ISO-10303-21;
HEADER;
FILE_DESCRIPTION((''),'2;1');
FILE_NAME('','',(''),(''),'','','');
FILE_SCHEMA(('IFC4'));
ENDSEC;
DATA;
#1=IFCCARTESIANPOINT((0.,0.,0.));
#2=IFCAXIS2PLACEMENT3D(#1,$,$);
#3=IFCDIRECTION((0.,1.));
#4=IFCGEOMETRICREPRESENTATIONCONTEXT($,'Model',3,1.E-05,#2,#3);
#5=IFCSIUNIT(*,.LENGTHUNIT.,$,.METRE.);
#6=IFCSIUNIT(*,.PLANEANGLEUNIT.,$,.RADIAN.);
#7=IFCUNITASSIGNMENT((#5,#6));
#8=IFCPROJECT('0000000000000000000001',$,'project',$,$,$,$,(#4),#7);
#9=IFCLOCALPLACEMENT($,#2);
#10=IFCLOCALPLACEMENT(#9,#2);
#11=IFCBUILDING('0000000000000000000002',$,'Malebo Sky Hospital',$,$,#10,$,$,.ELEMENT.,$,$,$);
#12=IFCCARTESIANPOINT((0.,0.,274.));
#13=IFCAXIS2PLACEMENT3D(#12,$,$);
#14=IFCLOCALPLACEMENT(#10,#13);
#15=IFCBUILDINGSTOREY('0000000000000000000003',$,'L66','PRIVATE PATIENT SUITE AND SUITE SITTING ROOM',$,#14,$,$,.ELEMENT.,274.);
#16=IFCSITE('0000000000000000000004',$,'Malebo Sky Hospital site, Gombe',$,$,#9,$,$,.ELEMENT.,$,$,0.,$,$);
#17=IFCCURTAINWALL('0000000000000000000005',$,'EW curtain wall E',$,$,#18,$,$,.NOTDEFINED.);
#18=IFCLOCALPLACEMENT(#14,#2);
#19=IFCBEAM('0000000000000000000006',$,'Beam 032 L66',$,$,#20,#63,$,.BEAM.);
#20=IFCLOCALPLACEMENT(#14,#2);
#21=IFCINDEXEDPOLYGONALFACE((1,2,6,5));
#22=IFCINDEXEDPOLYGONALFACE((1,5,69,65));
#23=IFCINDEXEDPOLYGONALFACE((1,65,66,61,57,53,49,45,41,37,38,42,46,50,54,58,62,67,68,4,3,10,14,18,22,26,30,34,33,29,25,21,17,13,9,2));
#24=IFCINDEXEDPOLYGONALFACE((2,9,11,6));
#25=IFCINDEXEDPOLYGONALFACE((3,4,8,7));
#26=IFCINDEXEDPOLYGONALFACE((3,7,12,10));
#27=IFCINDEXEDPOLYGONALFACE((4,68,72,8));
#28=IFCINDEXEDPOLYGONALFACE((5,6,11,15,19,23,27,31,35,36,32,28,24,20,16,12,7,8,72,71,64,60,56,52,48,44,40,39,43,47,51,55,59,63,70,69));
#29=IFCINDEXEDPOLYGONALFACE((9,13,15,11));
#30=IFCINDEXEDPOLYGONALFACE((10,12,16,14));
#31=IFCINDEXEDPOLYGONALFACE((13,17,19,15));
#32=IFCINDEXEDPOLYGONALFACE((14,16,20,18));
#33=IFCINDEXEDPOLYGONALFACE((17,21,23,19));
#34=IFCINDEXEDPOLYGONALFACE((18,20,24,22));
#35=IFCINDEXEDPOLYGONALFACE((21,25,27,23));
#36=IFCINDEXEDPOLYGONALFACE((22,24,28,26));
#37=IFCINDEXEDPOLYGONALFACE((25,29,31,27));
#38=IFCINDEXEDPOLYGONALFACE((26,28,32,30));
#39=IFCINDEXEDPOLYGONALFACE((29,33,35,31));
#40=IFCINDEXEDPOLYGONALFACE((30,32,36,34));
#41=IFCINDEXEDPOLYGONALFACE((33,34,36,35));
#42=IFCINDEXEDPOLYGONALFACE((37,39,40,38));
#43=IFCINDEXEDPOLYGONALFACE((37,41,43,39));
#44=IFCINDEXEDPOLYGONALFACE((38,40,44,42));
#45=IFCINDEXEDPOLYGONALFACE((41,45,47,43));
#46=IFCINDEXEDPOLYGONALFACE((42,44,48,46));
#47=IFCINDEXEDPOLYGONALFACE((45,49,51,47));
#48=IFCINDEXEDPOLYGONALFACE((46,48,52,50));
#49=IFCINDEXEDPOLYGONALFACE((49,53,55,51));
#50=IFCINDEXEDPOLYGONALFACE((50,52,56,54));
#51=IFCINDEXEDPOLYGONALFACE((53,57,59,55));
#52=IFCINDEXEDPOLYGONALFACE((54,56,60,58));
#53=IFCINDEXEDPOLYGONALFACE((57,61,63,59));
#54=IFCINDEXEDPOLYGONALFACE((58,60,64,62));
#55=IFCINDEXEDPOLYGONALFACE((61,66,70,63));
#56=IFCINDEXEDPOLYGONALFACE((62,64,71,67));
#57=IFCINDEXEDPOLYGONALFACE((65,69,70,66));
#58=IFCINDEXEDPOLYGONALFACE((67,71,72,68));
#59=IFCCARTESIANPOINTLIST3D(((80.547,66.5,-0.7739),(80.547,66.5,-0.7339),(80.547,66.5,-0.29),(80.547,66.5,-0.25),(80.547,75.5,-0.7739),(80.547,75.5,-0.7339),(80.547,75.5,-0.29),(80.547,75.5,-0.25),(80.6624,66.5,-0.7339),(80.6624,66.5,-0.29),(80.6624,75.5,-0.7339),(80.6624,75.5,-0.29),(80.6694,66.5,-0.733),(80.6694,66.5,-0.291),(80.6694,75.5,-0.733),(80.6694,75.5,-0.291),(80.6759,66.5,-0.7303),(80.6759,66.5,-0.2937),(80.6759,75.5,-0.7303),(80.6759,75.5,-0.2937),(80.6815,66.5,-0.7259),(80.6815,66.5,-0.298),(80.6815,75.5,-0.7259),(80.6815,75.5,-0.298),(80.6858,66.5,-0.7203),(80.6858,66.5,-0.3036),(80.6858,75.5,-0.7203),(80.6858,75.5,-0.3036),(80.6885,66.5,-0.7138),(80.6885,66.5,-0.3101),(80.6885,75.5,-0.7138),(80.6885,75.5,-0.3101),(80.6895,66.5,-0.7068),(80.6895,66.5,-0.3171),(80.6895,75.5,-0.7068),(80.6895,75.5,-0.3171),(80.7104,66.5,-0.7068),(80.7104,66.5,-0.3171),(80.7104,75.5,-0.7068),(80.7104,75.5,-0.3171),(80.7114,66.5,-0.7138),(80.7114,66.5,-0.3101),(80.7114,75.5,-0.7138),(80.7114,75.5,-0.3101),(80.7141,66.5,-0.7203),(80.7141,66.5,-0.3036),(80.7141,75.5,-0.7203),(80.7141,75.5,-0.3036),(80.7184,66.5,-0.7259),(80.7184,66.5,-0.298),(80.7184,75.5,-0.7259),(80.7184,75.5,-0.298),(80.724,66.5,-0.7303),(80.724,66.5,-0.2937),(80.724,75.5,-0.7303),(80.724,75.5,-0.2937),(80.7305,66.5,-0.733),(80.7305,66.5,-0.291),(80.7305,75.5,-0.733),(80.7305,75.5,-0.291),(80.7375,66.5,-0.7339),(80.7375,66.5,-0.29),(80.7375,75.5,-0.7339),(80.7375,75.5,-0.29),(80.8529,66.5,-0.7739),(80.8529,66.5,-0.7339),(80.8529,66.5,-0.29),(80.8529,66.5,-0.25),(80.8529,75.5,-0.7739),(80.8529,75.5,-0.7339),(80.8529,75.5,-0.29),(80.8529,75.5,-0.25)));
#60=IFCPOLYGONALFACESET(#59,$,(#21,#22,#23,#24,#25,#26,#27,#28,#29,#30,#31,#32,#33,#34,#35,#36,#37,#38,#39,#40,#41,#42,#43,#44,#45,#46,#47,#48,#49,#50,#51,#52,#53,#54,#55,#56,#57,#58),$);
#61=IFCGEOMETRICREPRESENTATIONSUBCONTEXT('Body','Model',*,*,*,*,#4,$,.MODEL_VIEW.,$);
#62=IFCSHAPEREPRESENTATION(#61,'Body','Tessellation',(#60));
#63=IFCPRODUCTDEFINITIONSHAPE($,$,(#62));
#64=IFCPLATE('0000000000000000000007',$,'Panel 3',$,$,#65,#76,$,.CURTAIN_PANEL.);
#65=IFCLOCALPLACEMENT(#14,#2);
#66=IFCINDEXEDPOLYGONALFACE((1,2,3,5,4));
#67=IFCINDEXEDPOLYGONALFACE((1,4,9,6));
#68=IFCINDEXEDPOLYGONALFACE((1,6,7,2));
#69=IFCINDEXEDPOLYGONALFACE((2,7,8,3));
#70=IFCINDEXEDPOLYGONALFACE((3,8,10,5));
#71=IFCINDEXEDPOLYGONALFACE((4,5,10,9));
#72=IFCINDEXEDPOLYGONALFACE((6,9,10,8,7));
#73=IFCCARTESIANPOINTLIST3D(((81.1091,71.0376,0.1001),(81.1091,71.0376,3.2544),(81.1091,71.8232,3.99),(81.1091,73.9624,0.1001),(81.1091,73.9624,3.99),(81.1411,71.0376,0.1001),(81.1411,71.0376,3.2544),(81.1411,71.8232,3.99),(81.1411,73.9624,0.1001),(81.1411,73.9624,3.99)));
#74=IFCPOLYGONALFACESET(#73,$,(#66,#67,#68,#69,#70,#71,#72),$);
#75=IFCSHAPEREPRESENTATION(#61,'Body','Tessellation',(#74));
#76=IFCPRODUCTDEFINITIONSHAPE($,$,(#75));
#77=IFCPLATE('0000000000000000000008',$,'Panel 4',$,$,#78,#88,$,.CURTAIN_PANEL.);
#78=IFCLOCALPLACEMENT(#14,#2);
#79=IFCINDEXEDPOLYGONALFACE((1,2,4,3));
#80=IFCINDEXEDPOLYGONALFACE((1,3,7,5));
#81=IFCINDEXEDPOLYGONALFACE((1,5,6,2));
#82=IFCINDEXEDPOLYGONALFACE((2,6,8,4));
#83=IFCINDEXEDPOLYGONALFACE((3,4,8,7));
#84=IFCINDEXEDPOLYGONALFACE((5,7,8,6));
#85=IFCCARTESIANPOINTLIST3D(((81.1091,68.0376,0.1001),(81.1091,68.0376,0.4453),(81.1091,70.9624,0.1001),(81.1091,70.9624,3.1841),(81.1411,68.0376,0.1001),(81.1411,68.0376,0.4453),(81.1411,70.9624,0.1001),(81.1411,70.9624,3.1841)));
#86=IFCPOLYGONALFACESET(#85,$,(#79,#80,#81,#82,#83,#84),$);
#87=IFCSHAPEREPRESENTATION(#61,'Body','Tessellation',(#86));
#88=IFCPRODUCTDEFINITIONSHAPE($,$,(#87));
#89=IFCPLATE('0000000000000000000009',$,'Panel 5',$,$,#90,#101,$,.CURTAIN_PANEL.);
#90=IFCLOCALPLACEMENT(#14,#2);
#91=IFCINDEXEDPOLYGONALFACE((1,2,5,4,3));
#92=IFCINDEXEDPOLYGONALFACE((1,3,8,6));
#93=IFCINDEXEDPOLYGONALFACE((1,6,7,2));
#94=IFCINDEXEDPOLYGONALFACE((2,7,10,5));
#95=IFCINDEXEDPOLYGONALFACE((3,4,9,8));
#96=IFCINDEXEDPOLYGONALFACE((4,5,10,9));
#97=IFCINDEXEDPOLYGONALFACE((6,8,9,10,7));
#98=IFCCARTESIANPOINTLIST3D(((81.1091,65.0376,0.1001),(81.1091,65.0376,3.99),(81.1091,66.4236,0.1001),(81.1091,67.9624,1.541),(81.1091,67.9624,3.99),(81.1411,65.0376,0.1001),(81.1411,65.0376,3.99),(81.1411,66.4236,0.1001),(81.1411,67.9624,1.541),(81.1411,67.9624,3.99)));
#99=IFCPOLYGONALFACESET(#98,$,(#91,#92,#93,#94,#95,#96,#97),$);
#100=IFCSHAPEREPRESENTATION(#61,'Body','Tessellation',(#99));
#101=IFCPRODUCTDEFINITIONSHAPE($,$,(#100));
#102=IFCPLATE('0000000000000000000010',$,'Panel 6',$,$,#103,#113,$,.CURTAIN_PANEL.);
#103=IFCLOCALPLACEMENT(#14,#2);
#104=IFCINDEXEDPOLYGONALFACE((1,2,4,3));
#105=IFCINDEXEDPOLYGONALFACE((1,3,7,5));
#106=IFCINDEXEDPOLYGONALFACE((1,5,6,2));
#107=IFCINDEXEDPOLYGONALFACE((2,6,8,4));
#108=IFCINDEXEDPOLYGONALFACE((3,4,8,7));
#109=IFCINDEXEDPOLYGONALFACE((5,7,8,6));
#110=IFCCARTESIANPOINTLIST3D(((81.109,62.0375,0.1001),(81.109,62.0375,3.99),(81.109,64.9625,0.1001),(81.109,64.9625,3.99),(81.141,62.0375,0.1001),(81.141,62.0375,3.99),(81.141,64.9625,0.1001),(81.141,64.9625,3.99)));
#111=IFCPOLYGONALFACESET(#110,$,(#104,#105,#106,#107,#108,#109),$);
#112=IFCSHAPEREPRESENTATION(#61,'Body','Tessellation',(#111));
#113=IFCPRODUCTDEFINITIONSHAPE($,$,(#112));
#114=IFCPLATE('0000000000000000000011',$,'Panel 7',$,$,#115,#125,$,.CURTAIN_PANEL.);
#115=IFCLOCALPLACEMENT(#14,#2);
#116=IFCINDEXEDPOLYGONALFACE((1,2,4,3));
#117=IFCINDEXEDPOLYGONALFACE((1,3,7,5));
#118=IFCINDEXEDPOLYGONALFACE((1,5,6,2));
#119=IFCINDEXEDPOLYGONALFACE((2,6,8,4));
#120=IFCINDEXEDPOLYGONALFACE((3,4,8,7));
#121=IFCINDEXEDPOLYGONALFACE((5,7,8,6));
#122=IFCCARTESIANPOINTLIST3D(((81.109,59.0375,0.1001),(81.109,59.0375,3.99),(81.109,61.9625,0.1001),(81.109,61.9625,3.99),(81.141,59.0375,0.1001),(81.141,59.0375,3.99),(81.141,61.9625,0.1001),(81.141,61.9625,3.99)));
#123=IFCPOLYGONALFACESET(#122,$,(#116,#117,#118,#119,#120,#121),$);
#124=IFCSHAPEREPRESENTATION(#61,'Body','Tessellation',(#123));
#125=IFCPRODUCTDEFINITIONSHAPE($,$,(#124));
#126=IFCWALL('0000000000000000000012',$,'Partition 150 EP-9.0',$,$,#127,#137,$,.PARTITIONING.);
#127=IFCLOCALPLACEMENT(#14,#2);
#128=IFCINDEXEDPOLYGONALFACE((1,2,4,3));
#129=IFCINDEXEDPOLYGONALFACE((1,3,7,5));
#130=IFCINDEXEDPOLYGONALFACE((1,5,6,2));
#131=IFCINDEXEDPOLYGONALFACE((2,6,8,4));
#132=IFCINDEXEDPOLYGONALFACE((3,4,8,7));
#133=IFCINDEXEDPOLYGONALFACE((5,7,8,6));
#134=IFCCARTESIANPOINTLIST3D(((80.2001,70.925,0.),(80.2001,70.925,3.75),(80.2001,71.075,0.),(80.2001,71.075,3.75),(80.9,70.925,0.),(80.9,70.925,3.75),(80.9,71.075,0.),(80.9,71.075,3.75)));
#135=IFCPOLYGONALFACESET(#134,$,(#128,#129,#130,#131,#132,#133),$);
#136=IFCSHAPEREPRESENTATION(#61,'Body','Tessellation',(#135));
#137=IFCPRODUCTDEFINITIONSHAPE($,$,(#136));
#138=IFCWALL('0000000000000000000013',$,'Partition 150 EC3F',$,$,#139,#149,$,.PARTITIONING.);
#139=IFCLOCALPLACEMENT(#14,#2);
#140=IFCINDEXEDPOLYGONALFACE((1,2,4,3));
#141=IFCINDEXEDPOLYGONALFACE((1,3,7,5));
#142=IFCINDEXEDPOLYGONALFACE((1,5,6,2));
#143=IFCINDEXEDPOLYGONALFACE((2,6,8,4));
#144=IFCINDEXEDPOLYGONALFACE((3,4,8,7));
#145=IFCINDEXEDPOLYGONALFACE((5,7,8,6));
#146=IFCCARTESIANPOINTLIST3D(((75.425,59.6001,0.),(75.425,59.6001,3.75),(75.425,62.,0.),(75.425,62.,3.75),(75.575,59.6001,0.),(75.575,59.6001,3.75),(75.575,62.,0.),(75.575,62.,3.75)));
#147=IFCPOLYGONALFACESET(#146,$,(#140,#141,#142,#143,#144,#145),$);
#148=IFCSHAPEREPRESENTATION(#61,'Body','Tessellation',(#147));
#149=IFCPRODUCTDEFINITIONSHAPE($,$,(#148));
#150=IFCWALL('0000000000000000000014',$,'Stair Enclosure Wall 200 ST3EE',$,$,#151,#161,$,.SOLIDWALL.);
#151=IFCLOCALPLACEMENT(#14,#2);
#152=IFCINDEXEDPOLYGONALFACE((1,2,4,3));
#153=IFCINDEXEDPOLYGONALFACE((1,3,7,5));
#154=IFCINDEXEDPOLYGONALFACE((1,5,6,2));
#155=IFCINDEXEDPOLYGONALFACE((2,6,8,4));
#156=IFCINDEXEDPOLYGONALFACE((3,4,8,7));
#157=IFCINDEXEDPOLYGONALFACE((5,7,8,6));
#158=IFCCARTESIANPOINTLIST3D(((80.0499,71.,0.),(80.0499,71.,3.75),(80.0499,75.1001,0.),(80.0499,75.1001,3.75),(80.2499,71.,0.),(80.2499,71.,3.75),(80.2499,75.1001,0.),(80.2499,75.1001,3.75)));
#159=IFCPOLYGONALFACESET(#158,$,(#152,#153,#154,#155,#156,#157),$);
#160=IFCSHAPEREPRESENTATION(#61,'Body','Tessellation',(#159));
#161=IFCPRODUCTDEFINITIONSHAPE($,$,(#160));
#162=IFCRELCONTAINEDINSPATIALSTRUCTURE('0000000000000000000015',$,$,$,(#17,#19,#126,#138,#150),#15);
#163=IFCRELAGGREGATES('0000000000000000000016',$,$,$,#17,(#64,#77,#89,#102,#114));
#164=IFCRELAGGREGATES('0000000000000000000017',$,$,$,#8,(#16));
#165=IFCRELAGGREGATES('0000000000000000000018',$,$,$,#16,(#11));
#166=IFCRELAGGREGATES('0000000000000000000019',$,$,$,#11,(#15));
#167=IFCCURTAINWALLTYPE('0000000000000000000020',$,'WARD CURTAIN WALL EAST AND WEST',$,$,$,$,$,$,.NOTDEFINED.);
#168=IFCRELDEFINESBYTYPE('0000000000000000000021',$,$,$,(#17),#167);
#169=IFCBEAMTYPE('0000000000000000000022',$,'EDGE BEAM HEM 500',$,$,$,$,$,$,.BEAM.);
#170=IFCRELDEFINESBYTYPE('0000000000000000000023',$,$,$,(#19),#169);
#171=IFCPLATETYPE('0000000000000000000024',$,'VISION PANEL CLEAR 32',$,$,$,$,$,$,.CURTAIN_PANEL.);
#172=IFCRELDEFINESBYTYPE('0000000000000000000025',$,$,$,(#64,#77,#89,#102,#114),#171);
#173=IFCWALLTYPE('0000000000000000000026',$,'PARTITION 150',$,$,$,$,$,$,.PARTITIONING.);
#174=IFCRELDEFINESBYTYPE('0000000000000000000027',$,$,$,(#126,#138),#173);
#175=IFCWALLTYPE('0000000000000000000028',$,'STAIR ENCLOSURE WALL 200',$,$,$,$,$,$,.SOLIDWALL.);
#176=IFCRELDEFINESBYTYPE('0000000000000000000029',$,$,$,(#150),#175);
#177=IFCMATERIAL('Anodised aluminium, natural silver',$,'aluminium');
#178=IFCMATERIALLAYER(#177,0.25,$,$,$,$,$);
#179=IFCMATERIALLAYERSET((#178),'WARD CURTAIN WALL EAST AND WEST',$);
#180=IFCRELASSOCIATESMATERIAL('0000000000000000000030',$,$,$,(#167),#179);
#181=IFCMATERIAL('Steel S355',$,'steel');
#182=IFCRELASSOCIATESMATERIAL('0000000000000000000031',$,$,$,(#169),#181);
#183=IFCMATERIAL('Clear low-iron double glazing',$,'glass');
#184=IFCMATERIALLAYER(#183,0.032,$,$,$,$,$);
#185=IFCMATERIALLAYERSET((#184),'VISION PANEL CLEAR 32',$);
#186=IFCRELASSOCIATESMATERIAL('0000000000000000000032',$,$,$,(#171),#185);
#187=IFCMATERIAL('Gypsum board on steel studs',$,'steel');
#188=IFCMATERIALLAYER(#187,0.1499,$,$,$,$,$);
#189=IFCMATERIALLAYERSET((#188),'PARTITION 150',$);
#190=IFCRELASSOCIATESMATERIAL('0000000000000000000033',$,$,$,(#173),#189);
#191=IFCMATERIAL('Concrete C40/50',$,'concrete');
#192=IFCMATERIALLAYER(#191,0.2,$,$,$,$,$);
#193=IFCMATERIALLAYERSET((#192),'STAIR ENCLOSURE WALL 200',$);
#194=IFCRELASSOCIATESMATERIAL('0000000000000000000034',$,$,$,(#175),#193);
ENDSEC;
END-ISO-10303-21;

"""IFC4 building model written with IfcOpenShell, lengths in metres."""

from ifc_helpers import new_model, si_unit, direction, frame, frame_2d, origin, origin_2d, place, context, subcontext, project, spatial, polyline, rectangle, i_section, outline, extrude, material, layer, layer_set, material_profile, profile_set, type_object, element, aggregate, save


model = new_model("IFC4")

# Units and contexts
model_context = context("Model", 3, precision=1e-05, world=origin(), true_north=direction((0.0, 1.0)))
body_context = subcontext(model_context, "Body", "Model", "MODEL_VIEW")
ifc_project = project(units=[si_unit("LENGTHUNIT", "METRE"), si_unit("PLANEANGLEUNIT", "RADIAN")], contexts=[model_context])

# Site, building, storey
site_placement = place(None, origin())
site = spatial("IfcSite", under=ifc_project, at=site_placement, Name="Malebo Sky Hospital site, Gombe", CompositionType="ELEMENT", RefElevation=0.0)
building_placement = place(site_placement, origin())
building = spatial("IfcBuilding", under=site, at=building_placement, Name="Malebo Sky Hospital", CompositionType="ELEMENT")
storey_placement = place(building_placement, frame((0.0, 0.0, 274.0)))
storey = spatial("IfcBuildingStorey", under=building, at=storey_placement, Name="L66", Description="PRIVATE PATIENT SUITE AND SUITE SITTING ROOM", CompositionType="ELEMENT", Elevation=274.0)

# Curtain wall
ifc_material_1 = material(Name="Anodised aluminium, natural silver", Category="aluminium")
ifc_layer_1 = layer(ifc_material_1, 0.25)
ifc_layer_set_1 = layer_set([ifc_layer_1], Name="WARD CURTAIN WALL EAST AND WEST")
curtain_wall_type = type_object("IfcCurtainWallType", Name="WARD CURTAIN WALL EAST AND WEST", PredefinedType="NOTDEFINED", material=ifc_layer_set_1)
curtain_wall_placement = place(storey_placement, origin())
curtain_wall = element("IfcCurtainWall", 1, at=curtain_wall_placement, inside=storey, type_object=curtain_wall_type, Name="EW curtain wall E", PredefinedType="NOTDEFINED")

# Shared definitions
ifc_material_2 = material(Name="Steel S355", Category="steel")

# Beam
ifc_material_profile_1 = material_profile(ifc_material_2, i_section(OverallWidth=0.3059, OverallDepth=0.5239, WebThickness=0.021, FlangeThickness=0.04, FilletRadius=0.0271, at=origin_2d()), Name="HEM 500")
ifc_profile_set_1 = profile_set([ifc_material_profile_1], Name="Steel S355")
beam_type = type_object("IfcBeamType", Name="EDGE BEAM HEM 500", PredefinedType="BEAM", material=ifc_profile_set_1)
beam_placement = place(storey_placement, frame((80.7, 66.5, -0.512), z_axis=(0.0, 1.0, 0.0), x_axis=(-1.0, 0.0, 0.0)))
element("IfcBeam", 2, at=beam_placement, inside=storey, type_object=beam_type, Name="Beam 032 L66", PredefinedType="BEAM", context=body_context, shape_type="SweptSolid", body=[
    extrude(i_section(OverallWidth=0.3059, OverallDepth=0.5239, WebThickness=0.021, FlangeThickness=0.04, FilletRadius=0.0271, at=origin_2d()), origin(), (0.0, 0.0, 1.0), 9.0),
])

# Plates
ifc_material_3 = material(Name="Clear low-iron double glazing", Category="glass")
ifc_layer_2 = layer(ifc_material_3, 0.032)
ifc_layer_set_2 = layer_set([ifc_layer_2], Name="VISION PANEL CLEAR 32")
plate_type = type_object("IfcPlateType", Name="VISION PANEL CLEAR 32", PredefinedType="CURTAIN_PANEL", material=ifc_layer_set_2)
plate_1_placement = place(storey_placement, frame((81.125, 72.5, 0.1001), z_axis=(0.0, 0.0, 1.0), x_axis=(0.0, -1.0, 0.0)))
plate_1 = element("IfcPlate", 3, at=plate_1_placement, type_object=plate_type, Name="Panel 3", PredefinedType="CURTAIN_PANEL", context=body_context, shape_type="SweptSolid", body=[
    extrude(outline(polyline([(-1.4624, 0.0), (1.4624, 0.0), (1.4624, 3.1543), (0.6768, 3.8899), (-1.4624, 3.8899), (-1.4624, 0.0)])), frame((0.0, 0.0161, 0.0), z_axis=(0.0, -1.0, 0.0), x_axis=(1.0, 0.0, 0.0)), (0.0, 0.0, 1.0), 0.032),
])
plate_2_placement = place(storey_placement, frame((81.125, 69.5, 0.1001), z_axis=(0.0, 0.0, 1.0), x_axis=(0.0, -1.0, 0.0)))
plate_2 = element("IfcPlate", 4, at=plate_2_placement, type_object=plate_type, Name="Panel 4", PredefinedType="CURTAIN_PANEL", context=body_context, shape_type="SweptSolid", body=[
    extrude(outline(polyline([(-1.4624, 0.0), (1.4624, 0.0), (1.4624, 0.3452), (-1.4624, 3.084), (-1.4624, 0.0)])), frame((0.0, 0.0161, 0.0), z_axis=(0.0, -1.0, 0.0), x_axis=(1.0, 0.0, 0.0)), (0.0, 0.0, 1.0), 0.032),
])
plate_3_placement = place(storey_placement, frame((81.125, 66.5, 0.1001), z_axis=(0.0, 0.0, 1.0), x_axis=(0.0, -1.0, 0.0)))
plate_3 = element("IfcPlate", 5, at=plate_3_placement, type_object=plate_type, Name="Panel 5", PredefinedType="CURTAIN_PANEL", context=body_context, shape_type="SweptSolid", body=[
    extrude(outline(polyline([(0.0764, 0.0), (1.4624, 0.0), (1.4624, 3.8899), (-1.4624, 3.8899), (-1.4624, 1.4409), (0.0764, 0.0)])), frame((0.0, 0.0161, 0.0), z_axis=(0.0, -1.0, 0.0), x_axis=(1.0, 0.0, 0.0)), (0.0, 0.0, 1.0), 0.032),
])
plate_4_placement = place(storey_placement, frame((81.125, 63.5, 0.1001), z_axis=(0.0, 0.0, 1.0), x_axis=(0.0, -1.0, 0.0)))
plate_4 = element("IfcPlate", 6, at=plate_4_placement, type_object=plate_type, Name="Panel 6", PredefinedType="CURTAIN_PANEL", context=body_context, shape_type="SweptSolid", body=[
    extrude(rectangle(XDim=2.925, YDim=0.032, at=origin_2d()), origin(), (0.0, 0.0, 1.0), 3.8899),
])
plate_5_placement = place(storey_placement, frame((81.125, 60.5, 0.1001), z_axis=(0.0, 0.0, 1.0), x_axis=(0.0, -1.0, 0.0)))
plate_5 = element("IfcPlate", 7, at=plate_5_placement, type_object=plate_type, Name="Panel 7", PredefinedType="CURTAIN_PANEL", context=body_context, shape_type="SweptSolid", body=[
    extrude(rectangle(XDim=2.925, YDim=0.032, at=origin_2d()), origin(), (0.0, 0.0, 1.0), 3.8899),
])
aggregate(curtain_wall, [plate_1, plate_2, plate_3, plate_4, plate_5])

# Walls
ifc_material_4 = material(Name="Gypsum board on steel studs", Category="steel")
ifc_layer_3 = layer(ifc_material_4, 0.1499)
ifc_layer_set_3 = layer_set([ifc_layer_3], Name="PARTITION 150")
wall_type_1 = type_object("IfcWallType", Name="PARTITION 150", PredefinedType="PARTITIONING", material=ifc_layer_set_3)
wall_1_placement = place(storey_placement, frame((80.2, 71.0, 0.0), z_axis=(0.0, 0.0, 1.0), x_axis=(1.0, 0.0, 0.0)))
element("IfcWall", 8, at=wall_1_placement, inside=storey, type_object=wall_type_1, Name="Partition 150 EP-9.0", PredefinedType="PARTITIONING", context=body_context, shape_type="SweptSolid", body=[
    extrude(rectangle(XDim=0.7, YDim=0.1499, at=frame_2d((0.3501, 0.0))), origin(), (0.0, 0.0, 1.0), 3.75),
])
wall_2_placement = place(storey_placement, frame((75.5, 62.0, 0.0), z_axis=(0.0, 0.0, 1.0), x_axis=(0.0, -1.0, 0.0)))
element("IfcWall", 9, at=wall_2_placement, inside=storey, type_object=wall_type_1, Name="Partition 150 EC3F", PredefinedType="PARTITIONING", context=body_context, shape_type="SweptSolid", body=[
    extrude(rectangle(XDim=2.3999, YDim=0.1499, at=frame_2d((1.2, 0.0))), origin(), (0.0, 0.0, 1.0), 3.75),
])
ifc_material_5 = material(Name="Concrete C40/50", Category="concrete")
ifc_layer_4 = layer(ifc_material_5, 0.2)
ifc_layer_set_4 = layer_set([ifc_layer_4], Name="STAIR ENCLOSURE WALL 200")
wall_type_2 = type_object("IfcWallType", Name="STAIR ENCLOSURE WALL 200", PredefinedType="SOLIDWALL", material=ifc_layer_set_4)
wall_3_placement = place(storey_placement, frame((80.1499, 71.0, 0.0), z_axis=(0.0, 0.0, 1.0), x_axis=(0.0, 1.0, 0.0)))
element("IfcWall", 10, at=wall_3_placement, inside=storey, type_object=wall_type_2, Name="Stair Enclosure Wall 200 ST3EE", PredefinedType="SOLIDWALL", context=body_context, shape_type="SweptSolid", body=[
    extrude(rectangle(XDim=4.1001, YDim=0.2, at=frame_2d((2.05, 0.0))), origin(), (0.0, 0.0, 1.0), 3.75),
])

save(model, "model.ifc")
